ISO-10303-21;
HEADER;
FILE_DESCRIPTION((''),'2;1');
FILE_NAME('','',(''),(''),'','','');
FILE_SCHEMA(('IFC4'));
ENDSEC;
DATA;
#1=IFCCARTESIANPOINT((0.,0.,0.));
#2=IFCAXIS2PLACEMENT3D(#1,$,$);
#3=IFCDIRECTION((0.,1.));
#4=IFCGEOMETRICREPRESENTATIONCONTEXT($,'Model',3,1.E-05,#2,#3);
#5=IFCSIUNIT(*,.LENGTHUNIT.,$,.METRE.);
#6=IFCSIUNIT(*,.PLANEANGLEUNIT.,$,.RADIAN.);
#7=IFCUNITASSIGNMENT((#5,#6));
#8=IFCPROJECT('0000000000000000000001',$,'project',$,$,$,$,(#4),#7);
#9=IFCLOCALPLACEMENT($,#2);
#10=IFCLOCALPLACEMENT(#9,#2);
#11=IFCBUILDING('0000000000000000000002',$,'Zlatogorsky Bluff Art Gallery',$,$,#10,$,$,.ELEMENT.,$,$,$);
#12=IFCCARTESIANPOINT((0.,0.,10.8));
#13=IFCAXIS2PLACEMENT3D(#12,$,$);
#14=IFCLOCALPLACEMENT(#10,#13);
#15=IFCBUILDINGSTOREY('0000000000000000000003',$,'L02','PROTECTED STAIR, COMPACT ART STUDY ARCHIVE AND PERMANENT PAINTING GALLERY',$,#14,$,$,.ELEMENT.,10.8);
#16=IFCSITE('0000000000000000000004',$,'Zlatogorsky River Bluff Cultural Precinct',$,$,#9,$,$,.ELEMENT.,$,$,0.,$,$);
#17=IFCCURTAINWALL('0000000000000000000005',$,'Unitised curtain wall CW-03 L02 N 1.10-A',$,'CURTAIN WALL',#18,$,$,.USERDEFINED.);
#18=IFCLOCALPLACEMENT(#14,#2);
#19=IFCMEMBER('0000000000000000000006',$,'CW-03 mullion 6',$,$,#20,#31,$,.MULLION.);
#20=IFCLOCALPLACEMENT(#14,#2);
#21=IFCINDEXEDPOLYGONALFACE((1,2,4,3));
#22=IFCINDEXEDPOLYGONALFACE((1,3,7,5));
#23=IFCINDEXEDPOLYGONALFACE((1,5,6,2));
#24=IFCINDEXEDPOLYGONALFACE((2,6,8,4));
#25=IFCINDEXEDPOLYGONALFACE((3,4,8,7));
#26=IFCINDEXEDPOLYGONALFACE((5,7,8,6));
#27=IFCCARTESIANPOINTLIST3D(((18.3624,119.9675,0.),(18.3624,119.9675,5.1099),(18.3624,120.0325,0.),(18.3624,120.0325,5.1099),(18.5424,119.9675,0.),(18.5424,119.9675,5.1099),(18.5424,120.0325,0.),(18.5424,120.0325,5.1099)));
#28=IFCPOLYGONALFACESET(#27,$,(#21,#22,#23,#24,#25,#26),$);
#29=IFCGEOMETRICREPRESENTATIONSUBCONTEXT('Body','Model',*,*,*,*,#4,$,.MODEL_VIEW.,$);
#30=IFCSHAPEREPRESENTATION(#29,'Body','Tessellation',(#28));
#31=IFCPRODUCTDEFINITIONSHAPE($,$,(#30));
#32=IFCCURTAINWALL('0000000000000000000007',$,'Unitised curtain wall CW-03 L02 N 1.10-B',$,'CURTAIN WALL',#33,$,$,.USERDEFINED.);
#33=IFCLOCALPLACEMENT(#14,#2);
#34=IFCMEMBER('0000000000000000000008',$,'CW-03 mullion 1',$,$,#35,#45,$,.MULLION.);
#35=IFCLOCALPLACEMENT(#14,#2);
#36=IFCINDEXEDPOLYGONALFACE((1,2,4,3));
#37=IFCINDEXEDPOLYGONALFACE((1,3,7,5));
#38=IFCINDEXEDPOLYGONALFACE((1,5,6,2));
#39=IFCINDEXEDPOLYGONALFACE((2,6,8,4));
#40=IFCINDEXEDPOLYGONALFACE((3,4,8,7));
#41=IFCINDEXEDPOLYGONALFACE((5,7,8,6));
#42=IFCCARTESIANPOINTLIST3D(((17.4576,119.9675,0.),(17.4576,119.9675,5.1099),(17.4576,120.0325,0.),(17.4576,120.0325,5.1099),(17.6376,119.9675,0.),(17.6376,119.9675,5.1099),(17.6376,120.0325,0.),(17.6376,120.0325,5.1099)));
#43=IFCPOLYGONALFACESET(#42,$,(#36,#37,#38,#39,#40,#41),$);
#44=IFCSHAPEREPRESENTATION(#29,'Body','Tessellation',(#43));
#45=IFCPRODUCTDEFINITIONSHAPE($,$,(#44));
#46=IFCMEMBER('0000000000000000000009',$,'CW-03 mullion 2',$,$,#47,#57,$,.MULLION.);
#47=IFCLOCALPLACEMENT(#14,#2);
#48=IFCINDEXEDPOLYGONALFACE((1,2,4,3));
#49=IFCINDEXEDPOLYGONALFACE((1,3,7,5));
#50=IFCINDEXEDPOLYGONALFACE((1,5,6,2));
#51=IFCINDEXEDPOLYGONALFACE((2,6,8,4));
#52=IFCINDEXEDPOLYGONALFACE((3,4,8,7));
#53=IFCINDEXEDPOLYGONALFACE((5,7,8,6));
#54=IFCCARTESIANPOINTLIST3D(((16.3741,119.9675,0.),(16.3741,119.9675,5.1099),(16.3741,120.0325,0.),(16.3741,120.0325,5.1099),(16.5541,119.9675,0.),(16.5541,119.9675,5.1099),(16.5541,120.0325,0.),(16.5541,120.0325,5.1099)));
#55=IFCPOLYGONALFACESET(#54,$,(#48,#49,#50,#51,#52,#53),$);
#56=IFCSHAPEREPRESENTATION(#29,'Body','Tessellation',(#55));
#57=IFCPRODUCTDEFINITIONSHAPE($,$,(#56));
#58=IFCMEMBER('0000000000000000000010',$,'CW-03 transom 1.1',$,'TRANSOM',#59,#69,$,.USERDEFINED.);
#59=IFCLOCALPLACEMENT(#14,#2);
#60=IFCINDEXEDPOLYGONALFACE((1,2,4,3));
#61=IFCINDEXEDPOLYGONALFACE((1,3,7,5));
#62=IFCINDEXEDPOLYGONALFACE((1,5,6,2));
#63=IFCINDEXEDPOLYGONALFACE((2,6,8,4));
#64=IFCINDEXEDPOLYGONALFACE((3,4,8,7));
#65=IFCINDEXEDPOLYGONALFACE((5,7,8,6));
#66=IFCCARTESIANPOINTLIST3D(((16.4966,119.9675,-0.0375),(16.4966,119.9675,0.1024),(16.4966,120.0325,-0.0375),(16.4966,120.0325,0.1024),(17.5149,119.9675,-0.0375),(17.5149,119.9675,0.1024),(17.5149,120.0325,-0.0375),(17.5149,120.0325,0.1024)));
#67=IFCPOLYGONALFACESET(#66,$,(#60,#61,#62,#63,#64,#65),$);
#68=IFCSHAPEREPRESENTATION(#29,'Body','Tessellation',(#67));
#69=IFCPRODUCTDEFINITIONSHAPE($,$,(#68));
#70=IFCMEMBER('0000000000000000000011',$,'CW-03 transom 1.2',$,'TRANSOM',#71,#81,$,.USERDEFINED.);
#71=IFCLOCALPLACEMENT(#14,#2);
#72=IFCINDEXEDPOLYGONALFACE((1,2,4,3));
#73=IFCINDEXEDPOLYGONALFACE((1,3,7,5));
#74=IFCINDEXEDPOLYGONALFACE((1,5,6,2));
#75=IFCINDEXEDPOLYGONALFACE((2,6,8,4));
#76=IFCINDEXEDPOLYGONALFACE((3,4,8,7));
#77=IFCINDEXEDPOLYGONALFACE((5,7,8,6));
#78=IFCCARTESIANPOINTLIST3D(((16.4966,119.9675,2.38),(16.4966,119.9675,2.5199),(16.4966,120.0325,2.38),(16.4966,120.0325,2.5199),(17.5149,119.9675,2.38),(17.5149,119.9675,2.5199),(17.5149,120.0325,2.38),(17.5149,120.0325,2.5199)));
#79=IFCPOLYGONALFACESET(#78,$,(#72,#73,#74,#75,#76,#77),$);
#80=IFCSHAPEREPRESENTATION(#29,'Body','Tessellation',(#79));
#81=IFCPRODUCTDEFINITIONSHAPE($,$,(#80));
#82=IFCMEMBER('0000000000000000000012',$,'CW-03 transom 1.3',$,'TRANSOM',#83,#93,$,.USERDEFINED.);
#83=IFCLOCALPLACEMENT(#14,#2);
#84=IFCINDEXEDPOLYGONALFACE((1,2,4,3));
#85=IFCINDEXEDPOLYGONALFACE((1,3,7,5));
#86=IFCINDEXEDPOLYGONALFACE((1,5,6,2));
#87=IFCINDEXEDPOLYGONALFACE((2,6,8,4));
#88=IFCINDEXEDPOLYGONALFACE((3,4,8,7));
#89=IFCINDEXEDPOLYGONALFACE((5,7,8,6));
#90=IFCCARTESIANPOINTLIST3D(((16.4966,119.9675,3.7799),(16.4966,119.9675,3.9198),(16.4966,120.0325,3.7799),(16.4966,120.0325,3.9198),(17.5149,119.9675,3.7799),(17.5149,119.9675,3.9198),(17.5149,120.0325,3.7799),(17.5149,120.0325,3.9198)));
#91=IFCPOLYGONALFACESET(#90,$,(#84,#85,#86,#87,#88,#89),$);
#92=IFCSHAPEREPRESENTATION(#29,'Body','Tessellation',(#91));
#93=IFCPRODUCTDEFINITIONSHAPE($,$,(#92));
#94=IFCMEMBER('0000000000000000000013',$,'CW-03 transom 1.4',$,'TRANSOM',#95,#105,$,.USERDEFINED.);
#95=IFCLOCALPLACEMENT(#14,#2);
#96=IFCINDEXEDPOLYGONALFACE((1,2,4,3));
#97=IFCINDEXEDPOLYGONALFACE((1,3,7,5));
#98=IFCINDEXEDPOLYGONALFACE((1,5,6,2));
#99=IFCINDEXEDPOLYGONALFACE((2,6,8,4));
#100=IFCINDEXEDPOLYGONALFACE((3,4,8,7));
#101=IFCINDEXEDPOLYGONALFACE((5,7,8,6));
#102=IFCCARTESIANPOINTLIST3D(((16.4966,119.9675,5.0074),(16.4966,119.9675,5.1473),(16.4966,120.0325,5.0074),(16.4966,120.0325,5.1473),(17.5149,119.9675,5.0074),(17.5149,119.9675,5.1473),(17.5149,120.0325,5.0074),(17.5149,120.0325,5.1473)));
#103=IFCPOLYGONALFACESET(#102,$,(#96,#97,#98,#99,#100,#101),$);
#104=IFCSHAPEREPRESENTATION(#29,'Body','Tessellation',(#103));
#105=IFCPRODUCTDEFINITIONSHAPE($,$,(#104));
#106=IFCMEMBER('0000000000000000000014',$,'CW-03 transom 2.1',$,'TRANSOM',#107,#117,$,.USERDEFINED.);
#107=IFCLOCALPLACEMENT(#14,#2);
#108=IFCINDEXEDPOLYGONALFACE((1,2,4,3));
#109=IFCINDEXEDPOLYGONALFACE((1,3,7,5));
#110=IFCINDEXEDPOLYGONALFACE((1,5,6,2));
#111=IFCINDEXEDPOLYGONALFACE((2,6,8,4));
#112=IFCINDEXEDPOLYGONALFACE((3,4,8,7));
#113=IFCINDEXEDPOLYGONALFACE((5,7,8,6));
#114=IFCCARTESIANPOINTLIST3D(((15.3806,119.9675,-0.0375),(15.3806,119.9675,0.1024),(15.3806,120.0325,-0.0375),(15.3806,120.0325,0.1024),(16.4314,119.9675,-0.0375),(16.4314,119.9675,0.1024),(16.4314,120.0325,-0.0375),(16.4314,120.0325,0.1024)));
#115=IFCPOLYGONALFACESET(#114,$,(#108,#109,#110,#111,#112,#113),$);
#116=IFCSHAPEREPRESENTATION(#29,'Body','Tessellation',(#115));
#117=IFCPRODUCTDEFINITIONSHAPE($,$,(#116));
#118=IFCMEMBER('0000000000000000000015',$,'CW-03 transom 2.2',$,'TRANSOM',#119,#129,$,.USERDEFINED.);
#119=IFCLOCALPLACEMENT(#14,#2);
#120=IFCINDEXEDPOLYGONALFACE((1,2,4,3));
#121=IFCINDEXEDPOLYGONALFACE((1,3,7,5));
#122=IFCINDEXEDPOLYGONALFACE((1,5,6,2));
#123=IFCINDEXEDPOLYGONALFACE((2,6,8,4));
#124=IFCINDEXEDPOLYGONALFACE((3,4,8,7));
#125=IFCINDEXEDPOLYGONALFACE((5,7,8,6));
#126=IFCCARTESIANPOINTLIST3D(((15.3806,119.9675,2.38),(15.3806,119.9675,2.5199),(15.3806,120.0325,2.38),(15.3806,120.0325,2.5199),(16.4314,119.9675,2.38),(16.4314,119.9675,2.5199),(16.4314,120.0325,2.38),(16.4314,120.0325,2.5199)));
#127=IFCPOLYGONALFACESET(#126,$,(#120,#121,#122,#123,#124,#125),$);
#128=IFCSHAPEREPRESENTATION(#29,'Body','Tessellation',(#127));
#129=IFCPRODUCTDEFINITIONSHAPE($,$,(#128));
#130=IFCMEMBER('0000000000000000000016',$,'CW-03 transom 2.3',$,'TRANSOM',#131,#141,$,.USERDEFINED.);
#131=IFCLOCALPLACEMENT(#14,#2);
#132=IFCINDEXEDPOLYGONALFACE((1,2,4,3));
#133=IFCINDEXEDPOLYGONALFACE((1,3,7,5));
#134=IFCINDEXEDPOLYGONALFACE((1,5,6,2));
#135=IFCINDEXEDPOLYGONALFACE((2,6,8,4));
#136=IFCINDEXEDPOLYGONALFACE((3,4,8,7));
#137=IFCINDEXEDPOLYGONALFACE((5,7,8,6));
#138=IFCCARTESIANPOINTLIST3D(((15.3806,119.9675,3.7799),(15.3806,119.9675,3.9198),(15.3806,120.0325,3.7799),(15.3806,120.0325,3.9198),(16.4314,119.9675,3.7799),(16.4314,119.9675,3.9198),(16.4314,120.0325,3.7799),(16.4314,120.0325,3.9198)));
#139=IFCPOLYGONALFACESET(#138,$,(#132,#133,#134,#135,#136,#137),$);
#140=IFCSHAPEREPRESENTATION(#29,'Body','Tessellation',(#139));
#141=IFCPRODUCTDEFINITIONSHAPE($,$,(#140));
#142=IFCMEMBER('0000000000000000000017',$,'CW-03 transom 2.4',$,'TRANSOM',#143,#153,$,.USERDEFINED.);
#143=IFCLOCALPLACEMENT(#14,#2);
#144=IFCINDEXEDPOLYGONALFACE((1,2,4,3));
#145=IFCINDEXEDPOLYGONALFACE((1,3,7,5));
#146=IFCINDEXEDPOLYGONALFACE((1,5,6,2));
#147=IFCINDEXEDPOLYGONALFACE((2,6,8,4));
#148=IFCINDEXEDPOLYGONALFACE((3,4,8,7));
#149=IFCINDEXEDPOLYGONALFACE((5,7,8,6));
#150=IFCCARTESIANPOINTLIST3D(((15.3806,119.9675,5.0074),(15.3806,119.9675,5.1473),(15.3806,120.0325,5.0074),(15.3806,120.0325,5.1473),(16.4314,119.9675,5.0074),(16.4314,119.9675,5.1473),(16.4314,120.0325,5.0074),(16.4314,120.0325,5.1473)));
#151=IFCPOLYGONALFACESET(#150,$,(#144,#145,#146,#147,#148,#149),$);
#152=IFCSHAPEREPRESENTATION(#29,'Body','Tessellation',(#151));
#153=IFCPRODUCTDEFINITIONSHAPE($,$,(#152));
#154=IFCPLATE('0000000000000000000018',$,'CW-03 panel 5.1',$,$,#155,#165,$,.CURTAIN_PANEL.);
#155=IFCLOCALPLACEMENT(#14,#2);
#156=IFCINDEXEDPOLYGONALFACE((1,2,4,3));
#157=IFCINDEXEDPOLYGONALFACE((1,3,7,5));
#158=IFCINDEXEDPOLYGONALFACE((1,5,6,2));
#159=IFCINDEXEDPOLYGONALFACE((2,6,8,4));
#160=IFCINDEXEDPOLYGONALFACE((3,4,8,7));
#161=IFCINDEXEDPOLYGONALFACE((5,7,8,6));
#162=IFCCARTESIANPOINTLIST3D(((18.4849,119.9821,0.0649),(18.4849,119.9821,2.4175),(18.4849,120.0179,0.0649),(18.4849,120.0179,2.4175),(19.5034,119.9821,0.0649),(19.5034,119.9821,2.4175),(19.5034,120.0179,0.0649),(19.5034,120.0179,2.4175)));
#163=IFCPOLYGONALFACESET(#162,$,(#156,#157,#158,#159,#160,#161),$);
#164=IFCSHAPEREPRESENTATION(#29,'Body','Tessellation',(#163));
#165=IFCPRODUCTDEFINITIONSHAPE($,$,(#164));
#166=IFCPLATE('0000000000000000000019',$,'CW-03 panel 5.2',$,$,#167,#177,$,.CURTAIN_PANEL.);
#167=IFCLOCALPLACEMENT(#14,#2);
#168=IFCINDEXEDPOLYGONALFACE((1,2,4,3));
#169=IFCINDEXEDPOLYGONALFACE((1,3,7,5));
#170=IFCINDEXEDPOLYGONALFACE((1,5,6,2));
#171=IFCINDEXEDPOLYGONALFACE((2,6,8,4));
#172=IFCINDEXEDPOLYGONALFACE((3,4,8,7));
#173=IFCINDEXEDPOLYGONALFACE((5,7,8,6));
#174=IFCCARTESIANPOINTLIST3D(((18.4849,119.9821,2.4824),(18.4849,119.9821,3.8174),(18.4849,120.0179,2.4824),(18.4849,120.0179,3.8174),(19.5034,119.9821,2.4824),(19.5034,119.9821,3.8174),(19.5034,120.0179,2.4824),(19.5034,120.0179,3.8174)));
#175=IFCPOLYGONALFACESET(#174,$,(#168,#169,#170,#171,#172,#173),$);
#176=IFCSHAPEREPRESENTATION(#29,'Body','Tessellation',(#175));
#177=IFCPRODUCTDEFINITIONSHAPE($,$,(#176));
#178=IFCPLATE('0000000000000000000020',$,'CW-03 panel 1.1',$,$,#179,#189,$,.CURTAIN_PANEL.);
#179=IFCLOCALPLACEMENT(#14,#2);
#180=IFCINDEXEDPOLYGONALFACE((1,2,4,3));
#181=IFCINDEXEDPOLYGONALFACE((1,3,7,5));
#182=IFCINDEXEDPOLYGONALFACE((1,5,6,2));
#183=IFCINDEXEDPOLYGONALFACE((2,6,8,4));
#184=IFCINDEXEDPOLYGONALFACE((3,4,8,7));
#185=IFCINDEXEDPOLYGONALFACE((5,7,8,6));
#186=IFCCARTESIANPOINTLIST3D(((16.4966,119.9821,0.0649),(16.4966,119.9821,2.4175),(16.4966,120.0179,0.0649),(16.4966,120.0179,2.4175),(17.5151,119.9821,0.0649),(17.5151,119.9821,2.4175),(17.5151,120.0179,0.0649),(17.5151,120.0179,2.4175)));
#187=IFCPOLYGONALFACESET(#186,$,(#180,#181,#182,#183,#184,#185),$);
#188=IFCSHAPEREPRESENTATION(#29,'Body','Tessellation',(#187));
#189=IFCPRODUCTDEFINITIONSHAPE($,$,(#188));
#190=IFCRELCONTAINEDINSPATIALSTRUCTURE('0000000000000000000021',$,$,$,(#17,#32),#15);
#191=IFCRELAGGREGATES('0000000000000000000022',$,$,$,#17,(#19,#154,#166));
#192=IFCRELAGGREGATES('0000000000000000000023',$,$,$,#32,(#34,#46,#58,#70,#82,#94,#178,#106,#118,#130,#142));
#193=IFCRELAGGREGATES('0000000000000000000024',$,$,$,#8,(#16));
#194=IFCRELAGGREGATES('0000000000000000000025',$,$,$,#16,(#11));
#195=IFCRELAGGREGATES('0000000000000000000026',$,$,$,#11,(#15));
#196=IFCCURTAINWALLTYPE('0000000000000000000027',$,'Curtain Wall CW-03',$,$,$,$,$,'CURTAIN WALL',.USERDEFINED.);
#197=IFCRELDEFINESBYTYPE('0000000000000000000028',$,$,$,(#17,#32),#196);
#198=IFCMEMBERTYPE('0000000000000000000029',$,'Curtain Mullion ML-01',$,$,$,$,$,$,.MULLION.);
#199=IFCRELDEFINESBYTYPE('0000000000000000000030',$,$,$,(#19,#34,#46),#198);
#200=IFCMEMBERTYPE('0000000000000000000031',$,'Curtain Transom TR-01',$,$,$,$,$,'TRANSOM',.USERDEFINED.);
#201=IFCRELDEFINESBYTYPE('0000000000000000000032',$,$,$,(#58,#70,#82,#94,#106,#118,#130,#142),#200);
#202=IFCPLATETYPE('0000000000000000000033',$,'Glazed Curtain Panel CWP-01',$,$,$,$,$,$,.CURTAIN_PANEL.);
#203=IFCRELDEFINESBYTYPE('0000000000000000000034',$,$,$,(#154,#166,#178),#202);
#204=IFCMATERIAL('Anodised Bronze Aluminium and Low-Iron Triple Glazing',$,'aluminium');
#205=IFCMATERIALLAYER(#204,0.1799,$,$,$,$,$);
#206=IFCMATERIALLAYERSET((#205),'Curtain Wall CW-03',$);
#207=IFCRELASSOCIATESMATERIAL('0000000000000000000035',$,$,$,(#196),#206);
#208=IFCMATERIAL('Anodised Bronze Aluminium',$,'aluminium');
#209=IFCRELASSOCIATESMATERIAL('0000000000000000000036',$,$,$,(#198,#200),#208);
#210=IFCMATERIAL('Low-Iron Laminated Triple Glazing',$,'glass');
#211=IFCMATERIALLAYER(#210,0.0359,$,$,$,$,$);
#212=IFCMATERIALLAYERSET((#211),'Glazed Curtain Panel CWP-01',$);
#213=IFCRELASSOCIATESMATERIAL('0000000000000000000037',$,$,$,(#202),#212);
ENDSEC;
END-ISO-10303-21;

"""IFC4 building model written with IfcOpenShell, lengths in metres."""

from ifc_helpers import new_model, si_unit, direction, frame, origin, origin_2d, place, context, subcontext, project, spatial, rectangle, extrude, material, layer, layer_set, material_profile, profile_set, type_object, element, aggregate, save


model = new_model("IFC4")

# Units and contexts
model_context = context("Model", 3, precision=1e-05, world=origin(), true_north=direction((0.0, 1.0)))
body_context = subcontext(model_context, "Body", "Model", "MODEL_VIEW")
ifc_project = project(units=[si_unit("LENGTHUNIT", "METRE"), si_unit("PLANEANGLEUNIT", "RADIAN")], contexts=[model_context])

# Site, building, storey
site_placement = place(None, origin())
site = spatial("IfcSite", under=ifc_project, at=site_placement, Name="Zlatogorsky River Bluff Cultural Precinct", CompositionType="ELEMENT", RefElevation=0.0)
building_placement = place(site_placement, origin())
building = spatial("IfcBuilding", under=site, at=building_placement, Name="Zlatogorsky Bluff Art Gallery", CompositionType="ELEMENT")
storey_placement = place(building_placement, frame((0.0, 0.0, 10.8)))
storey = spatial("IfcBuildingStorey", under=building, at=storey_placement, Name="L02", Description="PROTECTED STAIR, COMPACT ART STUDY ARCHIVE AND PERMANENT PAINTING GALLERY", CompositionType="ELEMENT", Elevation=10.8)

# Curtain wall, member
ifc_material_1 = material(Name="Anodised Bronze Aluminium and Low-Iron Triple Glazing", Category="aluminium")
ifc_layer_1 = layer(ifc_material_1, 0.1799)
ifc_layer_set_1 = layer_set([ifc_layer_1], Name="Curtain Wall CW-03")
curtain_wall_type = type_object("IfcCurtainWallType", Name="Curtain Wall CW-03", ElementType="CURTAIN WALL", PredefinedType="USERDEFINED", material=ifc_layer_set_1)
curtain_wall_1_placement = place(storey_placement, origin())
curtain_wall_1 = element("IfcCurtainWall", 1, at=curtain_wall_1_placement, inside=storey, type_object=curtain_wall_type, Name="Unitised curtain wall CW-03 L02 N 1.10-A", ObjectType="CURTAIN WALL", PredefinedType="USERDEFINED")
ifc_material_2 = material(Name="Anodised Bronze Aluminium", Category="aluminium")
ifc_material_profile_1 = material_profile(ifc_material_2, rectangle(XDim=0.0649, YDim=0.1799, at=origin_2d()), Name="ALU MULLION 65x180")
ifc_profile_set_1 = profile_set([ifc_material_profile_1], Name="Anodised Bronze Aluminium")
member_type_1 = type_object("IfcMemberType", Name="Curtain Mullion ML-01", PredefinedType="MULLION", material=ifc_profile_set_1)
member_1_placement = place(storey_placement, frame((18.4524, 120.0, 0.0), z_axis=(0.0, 0.0, 1.0), x_axis=(0.0, -1.0, 0.0)))
member_1 = element("IfcMember", 2, at=member_1_placement, type_object=member_type_1, Name="CW-03 mullion 6", PredefinedType="MULLION", context=body_context, shape_type="SweptSolid", body=[
    extrude(rectangle(XDim=0.0649, YDim=0.1799, at=origin_2d()), origin(), (0.0, 0.0, 1.0), 5.1099),
])

# Curtain wall, members
curtain_wall_2_placement = place(storey_placement, origin())
curtain_wall_2 = element("IfcCurtainWall", 3, at=curtain_wall_2_placement, inside=storey, type_object=curtain_wall_type, Name="Unitised curtain wall CW-03 L02 N 1.10-B", ObjectType="CURTAIN WALL", PredefinedType="USERDEFINED")
member_2_placement = place(storey_placement, frame((17.5476, 120.0, 0.0), z_axis=(0.0, 0.0, 1.0), x_axis=(0.0, -1.0, 0.0)))
member_2 = element("IfcMember", 4, at=member_2_placement, type_object=member_type_1, Name="CW-03 mullion 1", PredefinedType="MULLION", context=body_context, shape_type="SweptSolid", body=[
    extrude(rectangle(XDim=0.0649, YDim=0.1799, at=origin_2d()), origin(), (0.0, 0.0, 1.0), 5.1099),
])
member_3_placement = place(storey_placement, frame((16.4641, 120.0, 0.0), z_axis=(0.0, 0.0, 1.0), x_axis=(0.0, -1.0, 0.0)))
member_3 = element("IfcMember", 5, at=member_3_placement, type_object=member_type_1, Name="CW-03 mullion 2", PredefinedType="MULLION", context=body_context, shape_type="SweptSolid", body=[
    extrude(rectangle(XDim=0.0649, YDim=0.1799, at=origin_2d()), origin(), (0.0, 0.0, 1.0), 5.1099),
])
ifc_material_profile_2 = material_profile(ifc_material_2, rectangle(XDim=0.0649, YDim=0.1399, at=origin_2d()), Name="ALU TRANSOM 65x140")
ifc_profile_set_2 = profile_set([ifc_material_profile_2], Name="Anodised Bronze Aluminium")
member_type_2 = type_object("IfcMemberType", Name="Curtain Transom TR-01", ElementType="TRANSOM", PredefinedType="USERDEFINED", material=ifc_profile_set_2)
member_4_placement = place(storey_placement, frame((17.5149, 120.0, 0.0325), z_axis=(-1.0, 0.0, 0.0), x_axis=(0.0, -1.0, 0.0)))
member_4 = element("IfcMember", 6, at=member_4_placement, type_object=member_type_2, Name="CW-03 transom 1.1", ObjectType="TRANSOM", PredefinedType="USERDEFINED", context=body_context, shape_type="SweptSolid", body=[
    extrude(rectangle(XDim=0.0649, YDim=0.1399, at=origin_2d()), origin(), (0.0, 0.0, 1.0), 1.0183),
])
member_5_placement = place(storey_placement, frame((17.5149, 120.0, 2.45), z_axis=(-1.0, 0.0, 0.0), x_axis=(0.0, -1.0, 0.0)))
member_5 = element("IfcMember", 7, at=member_5_placement, type_object=member_type_2, Name="CW-03 transom 1.2", ObjectType="TRANSOM", PredefinedType="USERDEFINED", context=body_context, shape_type="SweptSolid", body=[
    extrude(rectangle(XDim=0.0649, YDim=0.1399, at=origin_2d()), origin(), (0.0, 0.0, 1.0), 1.0183),
])
member_6_placement = place(storey_placement, frame((17.5149, 120.0, 3.8499), z_axis=(-1.0, 0.0, 0.0), x_axis=(0.0, -1.0, 0.0)))
member_6 = element("IfcMember", 8, at=member_6_placement, type_object=member_type_2, Name="CW-03 transom 1.3", ObjectType="TRANSOM", PredefinedType="USERDEFINED", context=body_context, shape_type="SweptSolid", body=[
    extrude(rectangle(XDim=0.0649, YDim=0.1399, at=origin_2d()), origin(), (0.0, 0.0, 1.0), 1.0183),
])
member_7_placement = place(storey_placement, frame((17.5149, 120.0, 5.0774), z_axis=(-1.0, 0.0, 0.0), x_axis=(0.0, -1.0, 0.0)))
member_7 = element("IfcMember", 9, at=member_7_placement, type_object=member_type_2, Name="CW-03 transom 1.4", ObjectType="TRANSOM", PredefinedType="USERDEFINED", context=body_context, shape_type="SweptSolid", body=[
    extrude(rectangle(XDim=0.0649, YDim=0.1399, at=origin_2d()), origin(), (0.0, 0.0, 1.0), 1.0183),
])
member_8_placement = place(storey_placement, frame((16.4314, 120.0, 0.0325), z_axis=(-1.0, 0.0, 0.0), x_axis=(0.0, -1.0, 0.0)))
member_8 = element("IfcMember", 10, at=member_8_placement, type_object=member_type_2, Name="CW-03 transom 2.1", ObjectType="TRANSOM", PredefinedType="USERDEFINED", context=body_context, shape_type="SweptSolid", body=[
    extrude(rectangle(XDim=0.0649, YDim=0.1399, at=origin_2d()), origin(), (0.0, 0.0, 1.0), 1.0508),
])
member_9_placement = place(storey_placement, frame((16.4314, 120.0, 2.45), z_axis=(-1.0, 0.0, 0.0), x_axis=(0.0, -1.0, 0.0)))
member_9 = element("IfcMember", 11, at=member_9_placement, type_object=member_type_2, Name="CW-03 transom 2.2", ObjectType="TRANSOM", PredefinedType="USERDEFINED", context=body_context, shape_type="SweptSolid", body=[
    extrude(rectangle(XDim=0.0649, YDim=0.1399, at=origin_2d()), origin(), (0.0, 0.0, 1.0), 1.0508),
])
member_10_placement = place(storey_placement, frame((16.4314, 120.0, 3.8499), z_axis=(-1.0, 0.0, 0.0), x_axis=(0.0, -1.0, 0.0)))
member_10 = element("IfcMember", 12, at=member_10_placement, type_object=member_type_2, Name="CW-03 transom 2.3", ObjectType="TRANSOM", PredefinedType="USERDEFINED", context=body_context, shape_type="SweptSolid", body=[
    extrude(rectangle(XDim=0.0649, YDim=0.1399, at=origin_2d()), origin(), (0.0, 0.0, 1.0), 1.0508),
])
member_11_placement = place(storey_placement, frame((16.4314, 120.0, 5.0774), z_axis=(-1.0, 0.0, 0.0), x_axis=(0.0, -1.0, 0.0)))
member_11 = element("IfcMember", 13, at=member_11_placement, type_object=member_type_2, Name="CW-03 transom 2.4", ObjectType="TRANSOM", PredefinedType="USERDEFINED", context=body_context, shape_type="SweptSolid", body=[
    extrude(rectangle(XDim=0.0649, YDim=0.1399, at=origin_2d()), origin(), (0.0, 0.0, 1.0), 1.0508),
])

# Plates
ifc_material_3 = material(Name="Low-Iron Laminated Triple Glazing", Category="glass")
ifc_layer_2 = layer(ifc_material_3, 0.0359)
ifc_layer_set_2 = layer_set([ifc_layer_2], Name="Glazed Curtain Panel CWP-01")
plate_type = type_object("IfcPlateType", Name="Glazed Curtain Panel CWP-01", PredefinedType="CURTAIN_PANEL", material=ifc_layer_set_2)
plate_1_placement = place(storey_placement, frame((18.9941, 120.0, 0.0649), z_axis=(0.0, 0.0, 1.0), x_axis=(-1.0, 0.0, 0.0)))
plate_1 = element("IfcPlate", 14, at=plate_1_placement, type_object=plate_type, Name="CW-03 panel 5.1", PredefinedType="CURTAIN_PANEL", context=body_context, shape_type="SweptSolid", body=[
    extrude(rectangle(XDim=1.0186, YDim=0.0359, at=origin_2d()), origin(), (0.0, 0.0, 1.0), 2.3525),
])
plate_2_placement = place(storey_placement, frame((18.9941, 120.0, 2.4824), z_axis=(0.0, 0.0, 1.0), x_axis=(-1.0, 0.0, 0.0)))
plate_2 = element("IfcPlate", 15, at=plate_2_placement, type_object=plate_type, Name="CW-03 panel 5.2", PredefinedType="CURTAIN_PANEL", context=body_context, shape_type="SweptSolid", body=[
    extrude(rectangle(XDim=1.0186, YDim=0.0359, at=origin_2d()), origin(), (0.0, 0.0, 1.0), 1.335),
])
aggregate(curtain_wall_1, [member_1, plate_1, plate_2])
plate_3_placement = place(storey_placement, frame((17.0059, 120.0, 0.0649), z_axis=(0.0, 0.0, 1.0), x_axis=(-1.0, 0.0, 0.0)))
plate_3 = element("IfcPlate", 16, at=plate_3_placement, type_object=plate_type, Name="CW-03 panel 1.1", PredefinedType="CURTAIN_PANEL", context=body_context, shape_type="SweptSolid", body=[
    extrude(rectangle(XDim=1.0186, YDim=0.0359, at=origin_2d()), origin(), (0.0, 0.0, 1.0), 2.3525),
])
aggregate(curtain_wall_2, [member_2, member_3, member_4, member_5, member_6, member_7, plate_3, member_8, member_9, member_10, member_11])

save(model, "model.ifc")
